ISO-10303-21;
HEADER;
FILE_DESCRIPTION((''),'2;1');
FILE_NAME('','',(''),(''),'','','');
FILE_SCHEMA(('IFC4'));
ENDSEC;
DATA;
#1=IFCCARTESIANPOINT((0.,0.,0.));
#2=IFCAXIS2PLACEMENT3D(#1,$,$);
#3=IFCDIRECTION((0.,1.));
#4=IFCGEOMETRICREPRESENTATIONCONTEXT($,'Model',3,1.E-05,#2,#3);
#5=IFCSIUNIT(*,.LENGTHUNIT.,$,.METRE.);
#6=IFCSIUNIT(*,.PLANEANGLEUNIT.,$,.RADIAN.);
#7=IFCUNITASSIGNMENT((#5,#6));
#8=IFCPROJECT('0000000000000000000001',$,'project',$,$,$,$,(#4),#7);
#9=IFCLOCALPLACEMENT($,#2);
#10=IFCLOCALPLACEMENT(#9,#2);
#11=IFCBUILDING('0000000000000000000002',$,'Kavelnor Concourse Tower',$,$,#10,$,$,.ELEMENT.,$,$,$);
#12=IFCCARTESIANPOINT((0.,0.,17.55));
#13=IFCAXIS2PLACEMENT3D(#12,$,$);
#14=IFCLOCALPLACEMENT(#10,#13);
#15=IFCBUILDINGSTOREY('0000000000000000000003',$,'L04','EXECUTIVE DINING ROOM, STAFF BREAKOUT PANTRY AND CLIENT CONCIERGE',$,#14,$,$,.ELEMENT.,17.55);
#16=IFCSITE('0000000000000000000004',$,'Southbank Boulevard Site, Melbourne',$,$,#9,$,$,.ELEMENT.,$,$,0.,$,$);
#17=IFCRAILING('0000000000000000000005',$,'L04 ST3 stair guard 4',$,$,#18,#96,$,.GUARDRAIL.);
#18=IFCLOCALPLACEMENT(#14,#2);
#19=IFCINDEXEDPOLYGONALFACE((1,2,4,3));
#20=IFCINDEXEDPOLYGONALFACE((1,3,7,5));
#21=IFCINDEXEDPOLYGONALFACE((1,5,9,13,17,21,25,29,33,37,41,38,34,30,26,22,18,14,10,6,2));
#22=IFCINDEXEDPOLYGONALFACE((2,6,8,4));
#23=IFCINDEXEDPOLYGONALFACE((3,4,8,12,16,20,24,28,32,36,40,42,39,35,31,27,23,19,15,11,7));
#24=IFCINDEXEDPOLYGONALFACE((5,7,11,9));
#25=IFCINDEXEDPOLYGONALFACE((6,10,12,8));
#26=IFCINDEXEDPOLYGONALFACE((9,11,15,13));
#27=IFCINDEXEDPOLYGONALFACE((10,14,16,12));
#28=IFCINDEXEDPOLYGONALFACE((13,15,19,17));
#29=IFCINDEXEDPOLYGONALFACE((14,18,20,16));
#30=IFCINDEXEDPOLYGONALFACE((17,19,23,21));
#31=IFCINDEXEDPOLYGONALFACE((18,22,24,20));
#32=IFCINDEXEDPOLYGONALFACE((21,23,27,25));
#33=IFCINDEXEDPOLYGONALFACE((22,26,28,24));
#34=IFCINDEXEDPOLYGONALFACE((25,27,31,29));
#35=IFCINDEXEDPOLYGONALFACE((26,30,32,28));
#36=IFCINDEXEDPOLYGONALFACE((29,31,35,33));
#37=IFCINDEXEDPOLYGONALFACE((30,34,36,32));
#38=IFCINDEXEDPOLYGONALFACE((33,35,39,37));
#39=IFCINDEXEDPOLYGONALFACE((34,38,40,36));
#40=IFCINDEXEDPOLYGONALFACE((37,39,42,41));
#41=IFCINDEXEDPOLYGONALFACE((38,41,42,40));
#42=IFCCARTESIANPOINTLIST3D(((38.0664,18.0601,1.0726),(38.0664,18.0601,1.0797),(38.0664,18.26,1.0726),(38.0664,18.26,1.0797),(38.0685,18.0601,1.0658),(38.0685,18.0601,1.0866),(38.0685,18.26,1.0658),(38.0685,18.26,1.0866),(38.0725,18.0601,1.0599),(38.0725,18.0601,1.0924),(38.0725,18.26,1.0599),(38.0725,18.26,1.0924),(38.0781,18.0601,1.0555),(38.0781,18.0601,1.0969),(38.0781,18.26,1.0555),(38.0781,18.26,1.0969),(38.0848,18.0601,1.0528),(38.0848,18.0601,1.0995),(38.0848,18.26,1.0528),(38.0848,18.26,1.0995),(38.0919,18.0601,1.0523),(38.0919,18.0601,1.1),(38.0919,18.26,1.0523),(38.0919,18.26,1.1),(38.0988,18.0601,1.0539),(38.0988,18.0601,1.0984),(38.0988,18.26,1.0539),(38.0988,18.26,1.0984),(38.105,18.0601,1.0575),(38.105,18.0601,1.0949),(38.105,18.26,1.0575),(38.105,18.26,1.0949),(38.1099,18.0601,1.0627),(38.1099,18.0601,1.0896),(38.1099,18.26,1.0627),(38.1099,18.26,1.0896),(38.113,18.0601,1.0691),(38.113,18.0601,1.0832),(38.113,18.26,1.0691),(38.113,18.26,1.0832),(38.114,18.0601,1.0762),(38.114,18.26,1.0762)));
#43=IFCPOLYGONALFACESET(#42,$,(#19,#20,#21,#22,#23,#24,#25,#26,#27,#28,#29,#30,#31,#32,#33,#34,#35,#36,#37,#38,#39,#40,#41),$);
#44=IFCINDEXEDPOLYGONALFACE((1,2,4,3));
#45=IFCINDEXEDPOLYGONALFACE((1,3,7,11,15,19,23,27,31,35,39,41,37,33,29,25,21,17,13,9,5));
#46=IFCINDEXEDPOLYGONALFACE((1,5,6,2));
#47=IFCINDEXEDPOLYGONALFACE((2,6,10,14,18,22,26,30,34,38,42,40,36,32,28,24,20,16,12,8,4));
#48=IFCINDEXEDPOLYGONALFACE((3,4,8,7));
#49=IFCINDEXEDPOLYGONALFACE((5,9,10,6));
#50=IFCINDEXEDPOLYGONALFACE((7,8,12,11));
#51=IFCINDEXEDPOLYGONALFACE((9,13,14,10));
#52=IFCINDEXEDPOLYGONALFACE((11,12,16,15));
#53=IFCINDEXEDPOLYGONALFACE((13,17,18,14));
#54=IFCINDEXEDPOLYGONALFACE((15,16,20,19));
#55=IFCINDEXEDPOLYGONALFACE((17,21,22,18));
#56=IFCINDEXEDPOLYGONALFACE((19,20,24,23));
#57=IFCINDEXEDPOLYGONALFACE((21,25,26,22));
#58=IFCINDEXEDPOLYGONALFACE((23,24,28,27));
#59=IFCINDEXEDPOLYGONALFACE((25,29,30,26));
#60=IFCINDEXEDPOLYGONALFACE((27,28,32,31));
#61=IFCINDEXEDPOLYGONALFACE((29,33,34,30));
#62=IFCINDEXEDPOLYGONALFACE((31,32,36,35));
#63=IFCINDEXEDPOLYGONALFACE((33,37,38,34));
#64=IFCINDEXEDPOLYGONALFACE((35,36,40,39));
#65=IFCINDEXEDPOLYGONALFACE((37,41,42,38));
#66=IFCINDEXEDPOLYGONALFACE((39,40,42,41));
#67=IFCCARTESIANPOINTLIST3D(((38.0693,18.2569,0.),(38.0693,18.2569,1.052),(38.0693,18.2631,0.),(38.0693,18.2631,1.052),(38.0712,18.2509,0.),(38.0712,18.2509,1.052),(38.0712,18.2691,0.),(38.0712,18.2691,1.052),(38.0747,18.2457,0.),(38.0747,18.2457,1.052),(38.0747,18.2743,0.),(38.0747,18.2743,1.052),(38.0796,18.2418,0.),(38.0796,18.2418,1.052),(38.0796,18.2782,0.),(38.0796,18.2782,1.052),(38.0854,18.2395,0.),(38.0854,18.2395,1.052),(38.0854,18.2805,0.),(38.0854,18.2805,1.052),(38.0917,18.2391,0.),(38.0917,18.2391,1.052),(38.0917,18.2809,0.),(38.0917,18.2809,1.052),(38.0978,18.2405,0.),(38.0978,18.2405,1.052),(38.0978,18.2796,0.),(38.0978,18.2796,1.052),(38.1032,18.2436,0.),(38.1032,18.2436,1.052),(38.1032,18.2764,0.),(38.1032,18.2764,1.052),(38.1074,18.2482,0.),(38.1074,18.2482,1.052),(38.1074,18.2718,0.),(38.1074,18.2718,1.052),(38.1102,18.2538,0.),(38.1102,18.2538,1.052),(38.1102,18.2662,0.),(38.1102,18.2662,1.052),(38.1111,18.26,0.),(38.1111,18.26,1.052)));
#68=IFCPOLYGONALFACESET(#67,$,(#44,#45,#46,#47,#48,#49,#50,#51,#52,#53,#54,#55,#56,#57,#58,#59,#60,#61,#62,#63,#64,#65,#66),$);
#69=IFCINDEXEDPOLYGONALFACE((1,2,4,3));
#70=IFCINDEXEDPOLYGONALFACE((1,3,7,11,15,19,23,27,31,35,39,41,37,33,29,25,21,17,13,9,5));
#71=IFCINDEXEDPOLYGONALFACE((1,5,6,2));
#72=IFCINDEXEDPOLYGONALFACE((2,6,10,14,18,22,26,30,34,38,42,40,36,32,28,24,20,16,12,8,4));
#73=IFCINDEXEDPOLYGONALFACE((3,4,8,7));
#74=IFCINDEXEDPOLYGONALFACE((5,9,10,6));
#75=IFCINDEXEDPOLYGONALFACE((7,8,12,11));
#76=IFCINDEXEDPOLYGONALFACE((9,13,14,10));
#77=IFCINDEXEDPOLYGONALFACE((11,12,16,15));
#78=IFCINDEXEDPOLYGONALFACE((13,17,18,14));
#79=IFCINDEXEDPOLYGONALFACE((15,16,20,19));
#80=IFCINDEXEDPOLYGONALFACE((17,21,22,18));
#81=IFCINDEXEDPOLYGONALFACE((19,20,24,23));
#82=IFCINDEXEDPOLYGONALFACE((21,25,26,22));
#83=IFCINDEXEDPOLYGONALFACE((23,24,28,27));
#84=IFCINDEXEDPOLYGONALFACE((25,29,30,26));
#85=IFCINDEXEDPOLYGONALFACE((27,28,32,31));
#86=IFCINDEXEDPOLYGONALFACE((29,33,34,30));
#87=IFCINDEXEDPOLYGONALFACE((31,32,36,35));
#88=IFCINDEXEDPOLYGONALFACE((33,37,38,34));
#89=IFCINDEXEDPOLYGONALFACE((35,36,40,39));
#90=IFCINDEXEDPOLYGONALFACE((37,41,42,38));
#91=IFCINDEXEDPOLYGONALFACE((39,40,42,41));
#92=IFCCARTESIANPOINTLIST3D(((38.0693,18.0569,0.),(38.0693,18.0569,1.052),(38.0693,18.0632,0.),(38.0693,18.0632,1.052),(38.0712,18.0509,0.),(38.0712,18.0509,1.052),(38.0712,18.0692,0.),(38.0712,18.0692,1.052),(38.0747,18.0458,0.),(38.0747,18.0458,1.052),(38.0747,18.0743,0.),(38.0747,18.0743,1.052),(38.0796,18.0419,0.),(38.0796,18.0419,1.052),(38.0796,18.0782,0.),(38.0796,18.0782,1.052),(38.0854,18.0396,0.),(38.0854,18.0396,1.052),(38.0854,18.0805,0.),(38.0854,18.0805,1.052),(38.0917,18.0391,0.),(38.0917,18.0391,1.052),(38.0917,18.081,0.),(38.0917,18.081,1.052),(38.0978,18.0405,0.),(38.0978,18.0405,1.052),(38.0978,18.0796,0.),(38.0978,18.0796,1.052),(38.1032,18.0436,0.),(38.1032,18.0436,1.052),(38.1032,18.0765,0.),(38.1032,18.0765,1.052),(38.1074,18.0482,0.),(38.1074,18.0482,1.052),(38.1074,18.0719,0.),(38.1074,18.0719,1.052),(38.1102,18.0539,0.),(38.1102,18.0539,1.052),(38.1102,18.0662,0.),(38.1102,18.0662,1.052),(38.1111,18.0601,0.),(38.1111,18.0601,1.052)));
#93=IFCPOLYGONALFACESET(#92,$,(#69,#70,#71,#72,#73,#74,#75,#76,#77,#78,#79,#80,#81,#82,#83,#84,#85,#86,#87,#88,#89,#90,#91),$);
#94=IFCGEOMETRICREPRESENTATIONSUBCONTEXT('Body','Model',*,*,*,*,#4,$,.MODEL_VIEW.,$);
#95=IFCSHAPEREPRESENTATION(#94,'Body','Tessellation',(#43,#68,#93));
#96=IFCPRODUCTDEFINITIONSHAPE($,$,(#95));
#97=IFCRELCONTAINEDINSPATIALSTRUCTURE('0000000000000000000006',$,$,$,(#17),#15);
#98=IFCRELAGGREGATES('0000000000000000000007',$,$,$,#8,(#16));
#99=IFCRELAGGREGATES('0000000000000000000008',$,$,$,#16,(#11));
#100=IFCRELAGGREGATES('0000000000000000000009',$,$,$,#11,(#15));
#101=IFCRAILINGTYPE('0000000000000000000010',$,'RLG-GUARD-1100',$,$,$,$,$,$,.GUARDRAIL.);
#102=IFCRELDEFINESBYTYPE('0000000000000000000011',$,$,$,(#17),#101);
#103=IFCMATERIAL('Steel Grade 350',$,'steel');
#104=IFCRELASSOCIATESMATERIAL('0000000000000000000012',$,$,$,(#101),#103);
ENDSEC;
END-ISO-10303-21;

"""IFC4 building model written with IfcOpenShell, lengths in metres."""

from ifc_helpers import new_model, si_unit, direction, frame, origin, origin_2d, place, context, subcontext, project, spatial, circle, extrude, material, type_object, element, save


model = new_model("IFC4")

# Units and contexts
model_context = context("Model", 3, precision=1e-05, world=origin(), true_north=direction((0.0, 1.0)))
body_context = subcontext(model_context, "Body", "Model", "MODEL_VIEW")
ifc_project = project(units=[si_unit("LENGTHUNIT", "METRE"), si_unit("PLANEANGLEUNIT", "RADIAN")], contexts=[model_context])

# Site, building, storey
site_placement = place(None, origin())
site = spatial("IfcSite", under=ifc_project, at=site_placement, Name="Southbank Boulevard Site, Melbourne", CompositionType="ELEMENT", RefElevation=0.0)
building_placement = place(site_placement, origin())
building = spatial("IfcBuilding", under=site, at=building_placement, Name="Kavelnor Concourse Tower", CompositionType="ELEMENT")
storey_placement = place(building_placement, frame((0.0, 0.0, 17.55)))
storey = spatial("IfcBuildingStorey", under=building, at=storey_placement, Name="L04", Description="EXECUTIVE DINING ROOM, STAFF BREAKOUT PANTRY AND CLIENT CONCIERGE", CompositionType="ELEMENT", Elevation=17.55)

# Shared definitions
ifc_material_1 = material(Name="Steel Grade 350", Category="steel")

# Railing
railing_type_1 = type_object("IfcRailingType", Name="RLG-GUARD-1100", PredefinedType="GUARDRAIL", material=ifc_material_1)
railing_1_placement = place(storey_placement, frame((38.0901, 18.26, 0.0)))
element("IfcRailing", 1, at=railing_1_placement, inside=storey, type_object=railing_type_1, Name="L04 ST3 stair guard 4", PredefinedType="GUARDRAIL", context=body_context, shape_type="SweptSolid", body=[
    extrude(circle(Radius=0.0239, at=origin_2d()), frame((0.0, 0.0, 1.0762), z_axis=(0.0, -1.0, 0.0), x_axis=(1.0, 0.0, 0.0)), (0.0, 0.0, 1.0), 0.2),
    extrude(circle(Radius=0.021, at=origin_2d()), origin(), (0.0, 0.0, 1.0), 1.052),
    extrude(circle(Radius=0.021, at=origin_2d()), frame((0.0, -0.2, 0.0)), (0.0, 0.0, 1.0), 1.052),
])

save(model, "model.ifc")
